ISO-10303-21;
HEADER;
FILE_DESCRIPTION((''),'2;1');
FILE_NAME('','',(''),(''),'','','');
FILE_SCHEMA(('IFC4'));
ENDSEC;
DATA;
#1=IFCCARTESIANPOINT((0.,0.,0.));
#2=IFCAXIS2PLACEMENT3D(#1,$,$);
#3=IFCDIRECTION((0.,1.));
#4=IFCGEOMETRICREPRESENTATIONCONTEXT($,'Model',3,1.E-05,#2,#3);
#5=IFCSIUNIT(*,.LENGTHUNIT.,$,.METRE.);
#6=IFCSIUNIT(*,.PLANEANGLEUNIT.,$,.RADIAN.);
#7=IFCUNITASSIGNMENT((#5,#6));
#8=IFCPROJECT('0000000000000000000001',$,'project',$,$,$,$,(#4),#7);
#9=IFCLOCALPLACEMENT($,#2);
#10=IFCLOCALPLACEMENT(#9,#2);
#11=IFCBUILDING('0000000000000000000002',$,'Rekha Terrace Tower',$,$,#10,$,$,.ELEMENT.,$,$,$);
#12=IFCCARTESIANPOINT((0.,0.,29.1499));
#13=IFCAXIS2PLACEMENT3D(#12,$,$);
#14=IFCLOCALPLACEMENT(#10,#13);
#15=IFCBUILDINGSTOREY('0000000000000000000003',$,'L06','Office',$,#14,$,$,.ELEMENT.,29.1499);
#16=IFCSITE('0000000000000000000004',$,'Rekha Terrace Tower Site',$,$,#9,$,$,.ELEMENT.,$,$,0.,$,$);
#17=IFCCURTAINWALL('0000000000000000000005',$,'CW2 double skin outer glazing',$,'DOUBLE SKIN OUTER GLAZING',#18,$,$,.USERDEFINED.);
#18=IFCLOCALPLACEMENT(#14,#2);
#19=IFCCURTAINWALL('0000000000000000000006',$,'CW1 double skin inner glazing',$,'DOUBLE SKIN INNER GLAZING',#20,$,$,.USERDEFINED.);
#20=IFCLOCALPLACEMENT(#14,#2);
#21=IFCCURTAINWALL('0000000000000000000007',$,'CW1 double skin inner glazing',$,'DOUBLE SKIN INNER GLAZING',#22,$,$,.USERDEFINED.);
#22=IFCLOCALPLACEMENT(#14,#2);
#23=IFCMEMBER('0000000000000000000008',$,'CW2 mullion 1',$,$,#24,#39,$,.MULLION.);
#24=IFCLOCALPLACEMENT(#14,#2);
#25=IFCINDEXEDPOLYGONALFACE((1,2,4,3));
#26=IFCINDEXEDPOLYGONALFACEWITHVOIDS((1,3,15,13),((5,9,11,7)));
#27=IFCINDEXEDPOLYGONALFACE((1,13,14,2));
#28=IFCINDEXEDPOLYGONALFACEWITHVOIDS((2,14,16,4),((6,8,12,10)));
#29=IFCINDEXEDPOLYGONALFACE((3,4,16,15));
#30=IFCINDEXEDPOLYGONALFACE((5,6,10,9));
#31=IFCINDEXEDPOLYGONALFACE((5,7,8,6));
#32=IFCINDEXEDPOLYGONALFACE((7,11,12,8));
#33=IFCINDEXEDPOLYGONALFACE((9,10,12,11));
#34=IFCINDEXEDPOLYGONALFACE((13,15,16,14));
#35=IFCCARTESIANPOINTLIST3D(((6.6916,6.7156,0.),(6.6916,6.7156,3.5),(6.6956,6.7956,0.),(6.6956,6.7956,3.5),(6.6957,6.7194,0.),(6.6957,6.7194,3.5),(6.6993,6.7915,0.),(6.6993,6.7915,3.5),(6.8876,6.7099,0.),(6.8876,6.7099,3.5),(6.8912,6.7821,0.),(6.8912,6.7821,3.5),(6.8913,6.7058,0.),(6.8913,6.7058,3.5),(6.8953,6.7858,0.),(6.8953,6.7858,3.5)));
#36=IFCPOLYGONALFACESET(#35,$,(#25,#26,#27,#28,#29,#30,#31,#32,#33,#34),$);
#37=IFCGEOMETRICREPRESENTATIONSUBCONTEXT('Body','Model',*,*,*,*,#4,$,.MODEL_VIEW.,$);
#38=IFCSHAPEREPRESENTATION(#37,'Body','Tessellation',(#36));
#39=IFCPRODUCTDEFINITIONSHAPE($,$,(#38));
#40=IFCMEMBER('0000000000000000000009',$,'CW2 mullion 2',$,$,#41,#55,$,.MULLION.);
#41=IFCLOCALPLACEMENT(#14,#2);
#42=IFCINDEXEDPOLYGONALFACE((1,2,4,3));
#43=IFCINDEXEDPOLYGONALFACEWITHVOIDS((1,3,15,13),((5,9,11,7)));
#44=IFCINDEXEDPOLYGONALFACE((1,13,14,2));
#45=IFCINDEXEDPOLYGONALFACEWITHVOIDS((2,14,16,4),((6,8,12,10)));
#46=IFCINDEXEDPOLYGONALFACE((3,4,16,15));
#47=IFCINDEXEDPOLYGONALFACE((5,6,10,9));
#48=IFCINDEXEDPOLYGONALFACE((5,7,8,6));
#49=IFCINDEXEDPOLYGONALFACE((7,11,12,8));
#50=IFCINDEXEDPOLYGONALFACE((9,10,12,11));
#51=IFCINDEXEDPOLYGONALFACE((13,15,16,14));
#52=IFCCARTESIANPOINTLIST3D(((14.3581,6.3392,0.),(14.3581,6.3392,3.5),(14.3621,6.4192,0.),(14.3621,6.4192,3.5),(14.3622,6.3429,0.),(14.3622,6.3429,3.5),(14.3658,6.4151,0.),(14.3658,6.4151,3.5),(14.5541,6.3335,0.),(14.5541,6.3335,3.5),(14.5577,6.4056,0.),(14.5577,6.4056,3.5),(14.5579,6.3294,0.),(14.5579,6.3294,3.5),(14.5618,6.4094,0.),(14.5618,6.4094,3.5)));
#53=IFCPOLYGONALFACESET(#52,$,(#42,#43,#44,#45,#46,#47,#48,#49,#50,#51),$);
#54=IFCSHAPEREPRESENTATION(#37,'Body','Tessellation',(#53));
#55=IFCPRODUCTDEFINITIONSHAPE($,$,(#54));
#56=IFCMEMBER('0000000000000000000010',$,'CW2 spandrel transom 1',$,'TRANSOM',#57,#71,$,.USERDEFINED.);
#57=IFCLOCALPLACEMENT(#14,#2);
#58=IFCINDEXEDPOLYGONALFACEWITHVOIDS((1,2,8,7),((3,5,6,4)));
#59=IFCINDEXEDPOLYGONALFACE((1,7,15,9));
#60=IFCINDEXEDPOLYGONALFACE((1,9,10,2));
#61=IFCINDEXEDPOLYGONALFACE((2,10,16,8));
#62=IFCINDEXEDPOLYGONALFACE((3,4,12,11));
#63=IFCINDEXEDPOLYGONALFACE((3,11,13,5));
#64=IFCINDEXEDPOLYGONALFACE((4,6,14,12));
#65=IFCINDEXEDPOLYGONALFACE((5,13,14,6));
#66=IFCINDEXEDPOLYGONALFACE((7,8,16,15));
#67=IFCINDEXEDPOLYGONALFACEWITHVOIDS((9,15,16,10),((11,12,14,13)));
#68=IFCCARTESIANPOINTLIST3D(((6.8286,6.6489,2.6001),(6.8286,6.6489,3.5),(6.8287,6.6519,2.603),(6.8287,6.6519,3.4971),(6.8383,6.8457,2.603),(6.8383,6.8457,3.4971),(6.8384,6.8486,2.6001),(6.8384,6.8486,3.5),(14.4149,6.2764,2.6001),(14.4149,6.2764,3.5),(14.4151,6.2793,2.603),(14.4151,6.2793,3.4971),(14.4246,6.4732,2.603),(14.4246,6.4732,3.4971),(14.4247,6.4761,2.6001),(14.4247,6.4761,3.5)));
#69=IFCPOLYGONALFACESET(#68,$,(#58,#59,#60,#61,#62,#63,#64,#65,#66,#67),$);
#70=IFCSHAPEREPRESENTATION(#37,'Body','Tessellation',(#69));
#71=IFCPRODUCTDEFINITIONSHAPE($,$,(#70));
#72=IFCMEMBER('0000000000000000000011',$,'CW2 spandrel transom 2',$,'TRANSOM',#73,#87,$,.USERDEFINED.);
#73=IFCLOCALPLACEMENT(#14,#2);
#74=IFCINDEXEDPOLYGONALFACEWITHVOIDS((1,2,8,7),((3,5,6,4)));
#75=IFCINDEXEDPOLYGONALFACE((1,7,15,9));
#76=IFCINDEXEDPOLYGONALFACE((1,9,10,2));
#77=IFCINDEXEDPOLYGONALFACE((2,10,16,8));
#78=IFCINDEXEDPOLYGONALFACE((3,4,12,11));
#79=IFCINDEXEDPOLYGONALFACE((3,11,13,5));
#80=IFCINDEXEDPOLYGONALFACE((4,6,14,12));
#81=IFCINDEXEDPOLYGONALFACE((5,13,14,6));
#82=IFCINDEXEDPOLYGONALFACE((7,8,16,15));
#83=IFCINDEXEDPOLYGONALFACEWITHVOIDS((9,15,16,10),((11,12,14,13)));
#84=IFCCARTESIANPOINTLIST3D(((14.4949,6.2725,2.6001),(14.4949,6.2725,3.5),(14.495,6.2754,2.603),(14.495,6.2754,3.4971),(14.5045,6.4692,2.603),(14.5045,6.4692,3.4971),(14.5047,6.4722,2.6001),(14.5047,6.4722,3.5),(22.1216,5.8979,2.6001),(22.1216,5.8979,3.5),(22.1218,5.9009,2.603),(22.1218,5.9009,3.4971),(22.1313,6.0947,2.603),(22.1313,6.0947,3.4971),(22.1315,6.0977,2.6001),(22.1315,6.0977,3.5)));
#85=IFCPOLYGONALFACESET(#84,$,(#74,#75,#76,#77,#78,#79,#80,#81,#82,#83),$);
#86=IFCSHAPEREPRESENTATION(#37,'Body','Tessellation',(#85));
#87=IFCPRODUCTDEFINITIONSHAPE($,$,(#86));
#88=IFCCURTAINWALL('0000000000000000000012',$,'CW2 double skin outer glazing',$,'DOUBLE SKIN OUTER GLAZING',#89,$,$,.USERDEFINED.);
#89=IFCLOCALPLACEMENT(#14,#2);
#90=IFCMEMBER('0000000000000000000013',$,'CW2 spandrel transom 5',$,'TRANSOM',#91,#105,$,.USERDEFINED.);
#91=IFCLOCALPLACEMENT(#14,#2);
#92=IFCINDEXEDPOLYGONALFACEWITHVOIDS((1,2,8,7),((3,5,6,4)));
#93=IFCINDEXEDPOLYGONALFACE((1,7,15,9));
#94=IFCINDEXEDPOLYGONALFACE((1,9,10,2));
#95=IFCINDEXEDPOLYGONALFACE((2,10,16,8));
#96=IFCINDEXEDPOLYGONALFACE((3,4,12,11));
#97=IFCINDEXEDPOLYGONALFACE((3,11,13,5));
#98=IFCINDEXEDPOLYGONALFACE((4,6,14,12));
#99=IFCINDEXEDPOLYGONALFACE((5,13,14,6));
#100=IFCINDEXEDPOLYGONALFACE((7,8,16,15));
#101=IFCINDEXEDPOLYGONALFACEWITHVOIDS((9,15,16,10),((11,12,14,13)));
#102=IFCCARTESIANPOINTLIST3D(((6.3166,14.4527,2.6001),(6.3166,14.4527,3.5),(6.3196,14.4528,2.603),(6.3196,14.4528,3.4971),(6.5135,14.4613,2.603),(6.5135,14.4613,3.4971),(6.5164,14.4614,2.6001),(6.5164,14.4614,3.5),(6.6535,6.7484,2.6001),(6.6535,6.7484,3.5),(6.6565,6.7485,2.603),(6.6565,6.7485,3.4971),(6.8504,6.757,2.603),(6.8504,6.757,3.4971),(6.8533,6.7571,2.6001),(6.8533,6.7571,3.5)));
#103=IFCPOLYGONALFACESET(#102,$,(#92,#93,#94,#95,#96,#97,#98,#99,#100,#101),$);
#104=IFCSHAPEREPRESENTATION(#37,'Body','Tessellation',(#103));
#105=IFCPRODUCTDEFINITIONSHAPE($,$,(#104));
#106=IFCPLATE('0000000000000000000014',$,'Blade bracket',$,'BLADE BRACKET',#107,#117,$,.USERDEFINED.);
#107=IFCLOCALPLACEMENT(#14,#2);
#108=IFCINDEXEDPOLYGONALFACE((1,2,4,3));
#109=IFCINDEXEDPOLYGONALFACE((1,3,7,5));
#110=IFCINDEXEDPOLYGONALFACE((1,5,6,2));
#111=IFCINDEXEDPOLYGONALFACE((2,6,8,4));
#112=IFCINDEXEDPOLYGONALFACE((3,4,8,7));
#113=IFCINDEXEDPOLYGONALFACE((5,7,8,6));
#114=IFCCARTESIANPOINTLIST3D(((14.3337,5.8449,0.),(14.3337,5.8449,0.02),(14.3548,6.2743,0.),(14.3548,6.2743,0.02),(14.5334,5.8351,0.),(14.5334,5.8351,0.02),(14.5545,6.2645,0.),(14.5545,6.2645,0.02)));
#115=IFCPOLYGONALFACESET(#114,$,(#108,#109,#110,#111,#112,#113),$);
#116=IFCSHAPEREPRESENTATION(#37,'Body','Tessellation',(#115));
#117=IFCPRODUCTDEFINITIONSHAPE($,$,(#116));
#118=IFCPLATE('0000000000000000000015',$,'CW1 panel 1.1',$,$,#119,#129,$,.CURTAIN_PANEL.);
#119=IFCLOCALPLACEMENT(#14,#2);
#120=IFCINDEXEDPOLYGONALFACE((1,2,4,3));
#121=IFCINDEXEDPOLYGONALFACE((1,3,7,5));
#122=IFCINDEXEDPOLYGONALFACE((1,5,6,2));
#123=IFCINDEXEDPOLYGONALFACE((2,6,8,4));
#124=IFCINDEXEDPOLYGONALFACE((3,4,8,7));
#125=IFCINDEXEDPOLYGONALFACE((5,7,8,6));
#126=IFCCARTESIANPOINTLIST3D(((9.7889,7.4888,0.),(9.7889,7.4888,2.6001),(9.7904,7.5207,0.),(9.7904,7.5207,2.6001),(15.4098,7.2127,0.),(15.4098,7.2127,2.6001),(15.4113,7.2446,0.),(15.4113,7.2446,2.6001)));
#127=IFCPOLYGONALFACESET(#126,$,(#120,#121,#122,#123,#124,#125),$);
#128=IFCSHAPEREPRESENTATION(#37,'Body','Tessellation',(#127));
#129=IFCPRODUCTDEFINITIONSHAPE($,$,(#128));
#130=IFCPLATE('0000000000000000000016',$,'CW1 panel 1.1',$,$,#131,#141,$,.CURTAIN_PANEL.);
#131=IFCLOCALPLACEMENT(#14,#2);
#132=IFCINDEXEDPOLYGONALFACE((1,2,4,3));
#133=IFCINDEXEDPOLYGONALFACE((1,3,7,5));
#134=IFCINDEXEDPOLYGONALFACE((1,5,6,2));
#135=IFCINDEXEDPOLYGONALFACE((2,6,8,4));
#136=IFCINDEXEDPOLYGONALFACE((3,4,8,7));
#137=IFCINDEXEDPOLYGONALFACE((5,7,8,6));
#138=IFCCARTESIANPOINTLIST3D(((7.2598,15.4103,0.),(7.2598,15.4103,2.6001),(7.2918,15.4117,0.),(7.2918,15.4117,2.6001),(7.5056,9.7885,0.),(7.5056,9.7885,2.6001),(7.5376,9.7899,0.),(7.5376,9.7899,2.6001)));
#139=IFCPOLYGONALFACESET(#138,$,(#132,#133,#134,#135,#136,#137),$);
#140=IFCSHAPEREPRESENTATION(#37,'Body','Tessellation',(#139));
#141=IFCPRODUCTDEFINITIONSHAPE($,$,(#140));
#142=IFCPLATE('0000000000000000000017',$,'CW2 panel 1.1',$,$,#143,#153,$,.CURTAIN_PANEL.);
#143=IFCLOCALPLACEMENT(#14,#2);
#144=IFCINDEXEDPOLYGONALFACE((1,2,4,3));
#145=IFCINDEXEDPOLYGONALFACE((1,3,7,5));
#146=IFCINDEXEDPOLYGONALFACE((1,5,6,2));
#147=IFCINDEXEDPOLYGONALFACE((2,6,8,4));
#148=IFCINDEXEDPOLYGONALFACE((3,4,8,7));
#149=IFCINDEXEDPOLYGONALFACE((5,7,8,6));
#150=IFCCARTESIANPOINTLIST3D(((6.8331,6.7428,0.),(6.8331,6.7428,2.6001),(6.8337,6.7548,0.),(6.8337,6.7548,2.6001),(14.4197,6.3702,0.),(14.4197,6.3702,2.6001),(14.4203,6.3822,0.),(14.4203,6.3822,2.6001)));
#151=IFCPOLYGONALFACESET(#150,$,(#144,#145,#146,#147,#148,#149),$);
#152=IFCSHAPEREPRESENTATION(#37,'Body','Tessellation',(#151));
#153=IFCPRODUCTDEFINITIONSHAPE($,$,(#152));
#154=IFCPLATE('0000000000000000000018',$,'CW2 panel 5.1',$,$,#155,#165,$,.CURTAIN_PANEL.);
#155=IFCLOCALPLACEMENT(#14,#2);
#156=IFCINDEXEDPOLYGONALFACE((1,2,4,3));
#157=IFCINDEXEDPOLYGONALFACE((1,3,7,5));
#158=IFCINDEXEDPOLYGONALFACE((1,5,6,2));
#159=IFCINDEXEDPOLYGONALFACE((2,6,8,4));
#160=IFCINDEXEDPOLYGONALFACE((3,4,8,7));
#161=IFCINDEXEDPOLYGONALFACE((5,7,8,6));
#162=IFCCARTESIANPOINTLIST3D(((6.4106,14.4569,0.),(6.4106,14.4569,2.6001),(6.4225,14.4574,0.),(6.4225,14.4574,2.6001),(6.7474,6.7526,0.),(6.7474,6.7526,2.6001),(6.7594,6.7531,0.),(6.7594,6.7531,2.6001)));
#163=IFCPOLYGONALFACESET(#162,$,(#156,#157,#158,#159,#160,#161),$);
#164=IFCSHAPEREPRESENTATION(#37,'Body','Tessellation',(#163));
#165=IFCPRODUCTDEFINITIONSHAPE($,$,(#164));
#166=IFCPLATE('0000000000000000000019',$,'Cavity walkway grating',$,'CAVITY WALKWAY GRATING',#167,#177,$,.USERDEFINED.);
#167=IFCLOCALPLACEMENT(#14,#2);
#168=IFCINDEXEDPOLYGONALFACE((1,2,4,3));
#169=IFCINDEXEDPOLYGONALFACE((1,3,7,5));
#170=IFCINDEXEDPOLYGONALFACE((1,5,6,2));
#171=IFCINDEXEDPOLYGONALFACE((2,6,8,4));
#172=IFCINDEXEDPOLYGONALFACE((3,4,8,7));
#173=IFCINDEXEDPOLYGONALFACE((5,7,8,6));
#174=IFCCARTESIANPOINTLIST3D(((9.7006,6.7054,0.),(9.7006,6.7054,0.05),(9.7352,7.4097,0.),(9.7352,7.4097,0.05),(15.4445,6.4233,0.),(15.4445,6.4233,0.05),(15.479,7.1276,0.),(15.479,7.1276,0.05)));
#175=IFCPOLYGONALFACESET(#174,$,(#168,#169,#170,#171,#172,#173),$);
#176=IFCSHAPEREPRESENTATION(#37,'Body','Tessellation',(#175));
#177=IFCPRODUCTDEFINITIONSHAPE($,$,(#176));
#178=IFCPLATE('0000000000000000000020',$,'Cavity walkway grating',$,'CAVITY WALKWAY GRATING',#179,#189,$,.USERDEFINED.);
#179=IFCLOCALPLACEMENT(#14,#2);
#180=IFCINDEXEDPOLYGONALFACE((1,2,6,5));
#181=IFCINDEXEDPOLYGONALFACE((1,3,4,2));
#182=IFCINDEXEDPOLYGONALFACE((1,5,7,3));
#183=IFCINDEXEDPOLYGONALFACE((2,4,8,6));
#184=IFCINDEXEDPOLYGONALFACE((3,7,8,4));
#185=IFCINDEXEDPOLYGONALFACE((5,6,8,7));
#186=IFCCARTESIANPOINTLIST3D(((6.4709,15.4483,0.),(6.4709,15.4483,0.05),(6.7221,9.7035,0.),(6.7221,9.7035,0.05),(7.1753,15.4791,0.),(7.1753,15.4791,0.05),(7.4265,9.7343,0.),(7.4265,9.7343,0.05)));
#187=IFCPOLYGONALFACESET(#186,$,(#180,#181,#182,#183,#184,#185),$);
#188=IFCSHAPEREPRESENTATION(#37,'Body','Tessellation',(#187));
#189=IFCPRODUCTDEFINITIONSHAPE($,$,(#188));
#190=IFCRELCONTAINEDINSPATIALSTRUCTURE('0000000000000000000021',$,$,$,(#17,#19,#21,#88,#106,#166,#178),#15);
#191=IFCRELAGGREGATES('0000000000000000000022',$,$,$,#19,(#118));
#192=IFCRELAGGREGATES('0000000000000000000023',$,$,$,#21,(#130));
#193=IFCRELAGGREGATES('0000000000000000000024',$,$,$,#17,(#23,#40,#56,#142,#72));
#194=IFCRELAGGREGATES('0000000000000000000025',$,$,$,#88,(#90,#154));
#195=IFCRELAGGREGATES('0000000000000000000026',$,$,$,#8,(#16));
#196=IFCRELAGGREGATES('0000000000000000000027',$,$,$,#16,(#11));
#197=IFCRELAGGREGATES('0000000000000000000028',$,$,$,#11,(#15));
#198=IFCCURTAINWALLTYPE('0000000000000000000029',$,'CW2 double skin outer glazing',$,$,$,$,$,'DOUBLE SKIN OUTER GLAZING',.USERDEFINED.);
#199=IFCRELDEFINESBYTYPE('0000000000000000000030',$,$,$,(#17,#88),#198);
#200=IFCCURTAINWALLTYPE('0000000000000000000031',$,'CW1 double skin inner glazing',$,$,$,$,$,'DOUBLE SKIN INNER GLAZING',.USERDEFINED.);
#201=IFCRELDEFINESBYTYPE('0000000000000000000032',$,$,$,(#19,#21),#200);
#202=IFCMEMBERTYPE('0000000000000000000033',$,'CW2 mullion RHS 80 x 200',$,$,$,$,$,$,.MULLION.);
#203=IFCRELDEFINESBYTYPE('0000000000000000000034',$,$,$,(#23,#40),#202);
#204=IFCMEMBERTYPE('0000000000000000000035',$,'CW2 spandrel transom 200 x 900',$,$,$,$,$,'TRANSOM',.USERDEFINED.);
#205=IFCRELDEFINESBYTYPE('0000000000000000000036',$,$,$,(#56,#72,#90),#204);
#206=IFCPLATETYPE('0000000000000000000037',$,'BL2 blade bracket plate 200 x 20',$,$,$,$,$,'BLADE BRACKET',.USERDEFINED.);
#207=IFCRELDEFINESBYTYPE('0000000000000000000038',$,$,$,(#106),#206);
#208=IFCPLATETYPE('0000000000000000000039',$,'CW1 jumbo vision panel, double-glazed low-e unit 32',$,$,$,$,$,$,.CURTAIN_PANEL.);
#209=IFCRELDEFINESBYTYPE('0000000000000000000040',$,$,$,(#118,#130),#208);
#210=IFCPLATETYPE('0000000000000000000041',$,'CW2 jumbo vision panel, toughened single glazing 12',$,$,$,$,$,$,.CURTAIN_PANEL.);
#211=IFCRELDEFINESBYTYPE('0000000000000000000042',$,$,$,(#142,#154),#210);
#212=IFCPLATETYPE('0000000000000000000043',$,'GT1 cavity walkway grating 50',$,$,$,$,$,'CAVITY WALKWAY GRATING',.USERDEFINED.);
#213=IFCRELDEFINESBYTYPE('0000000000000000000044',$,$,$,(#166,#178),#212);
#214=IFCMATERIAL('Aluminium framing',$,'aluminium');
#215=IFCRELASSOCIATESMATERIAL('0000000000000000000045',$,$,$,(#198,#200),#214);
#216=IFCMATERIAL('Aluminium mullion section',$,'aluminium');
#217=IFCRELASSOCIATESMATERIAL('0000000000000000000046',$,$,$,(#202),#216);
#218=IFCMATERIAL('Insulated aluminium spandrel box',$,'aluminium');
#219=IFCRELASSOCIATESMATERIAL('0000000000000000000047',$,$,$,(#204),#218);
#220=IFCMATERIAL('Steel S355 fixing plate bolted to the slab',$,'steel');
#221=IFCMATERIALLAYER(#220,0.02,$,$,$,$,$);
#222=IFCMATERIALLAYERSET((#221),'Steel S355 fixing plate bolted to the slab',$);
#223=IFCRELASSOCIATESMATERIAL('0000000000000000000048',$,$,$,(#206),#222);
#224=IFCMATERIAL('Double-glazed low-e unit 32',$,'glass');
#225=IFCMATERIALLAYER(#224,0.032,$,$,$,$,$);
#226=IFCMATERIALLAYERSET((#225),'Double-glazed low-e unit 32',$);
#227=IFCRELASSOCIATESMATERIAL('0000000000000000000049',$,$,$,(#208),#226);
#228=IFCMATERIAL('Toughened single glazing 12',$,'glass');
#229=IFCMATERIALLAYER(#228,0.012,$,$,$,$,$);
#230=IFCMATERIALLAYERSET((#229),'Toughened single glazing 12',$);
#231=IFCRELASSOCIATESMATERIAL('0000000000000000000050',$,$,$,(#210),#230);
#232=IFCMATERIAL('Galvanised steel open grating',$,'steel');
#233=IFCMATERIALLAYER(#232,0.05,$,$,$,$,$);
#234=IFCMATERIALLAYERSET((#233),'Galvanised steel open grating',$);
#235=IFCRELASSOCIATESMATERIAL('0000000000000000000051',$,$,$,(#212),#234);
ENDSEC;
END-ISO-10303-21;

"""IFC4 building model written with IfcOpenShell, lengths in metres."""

from ifc_helpers import new_model, si_unit, direction, frame, origin, origin_2d, place, context, subcontext, project, spatial, rectangle, hollow_rectangle, extrude, material, layer, layer_set, material_profile, profile_set, type_object, element, aggregate, save


model = new_model("IFC4")

# Units and contexts
model_context = context("Model", 3, precision=1e-05, world=origin(), true_north=direction((0.0, 1.0)))
body_context = subcontext(model_context, "Body", "Model", "MODEL_VIEW")
ifc_project = project(units=[si_unit("LENGTHUNIT", "METRE"), si_unit("PLANEANGLEUNIT", "RADIAN")], contexts=[model_context])

# Site, building, storey
site_placement = place(None, origin())
site = spatial("IfcSite", under=ifc_project, at=site_placement, Name="Rekha Terrace Tower Site", CompositionType="ELEMENT", RefElevation=0.0)
building_placement = place(site_placement, origin())
building = spatial("IfcBuilding", under=site, at=building_placement, Name="Rekha Terrace Tower", CompositionType="ELEMENT")
storey_placement = place(building_placement, frame((0.0, 0.0, 29.1499)))
storey = spatial("IfcBuildingStorey", under=building, at=storey_placement, Name="L06", Description="Office", CompositionType="ELEMENT", Elevation=29.1499)

# Curtain wall
ifc_material_1 = material(Name="Aluminium framing", Category="aluminium")
curtain_wall_type_1 = type_object("IfcCurtainWallType", Name="CW2 double skin outer glazing", ElementType="DOUBLE SKIN OUTER GLAZING", PredefinedType="USERDEFINED", material=ifc_material_1)
curtain_wall_1_placement = place(storey_placement, origin())
curtain_wall_1 = element("IfcCurtainWall", 1, at=curtain_wall_1_placement, inside=storey, type_object=curtain_wall_type_1, Name="CW2 double skin outer glazing", ObjectType="DOUBLE SKIN OUTER GLAZING", PredefinedType="USERDEFINED")

# Curtain wall
curtain_wall_type_2 = type_object("IfcCurtainWallType", Name="CW1 double skin inner glazing", ElementType="DOUBLE SKIN INNER GLAZING", PredefinedType="USERDEFINED", material=ifc_material_1)
curtain_wall_2_placement = place(storey_placement, origin())
curtain_wall_2 = element("IfcCurtainWall", 2, at=curtain_wall_2_placement, inside=storey, type_object=curtain_wall_type_2, Name="CW1 double skin inner glazing", ObjectType="DOUBLE SKIN INNER GLAZING", PredefinedType="USERDEFINED")
ifc_material_2 = material(Name="Aluminium mullion section", Category="aluminium")

# Curtain wall
curtain_wall_3_placement = place(storey_placement, origin())
curtain_wall_3 = element("IfcCurtainWall", 3, at=curtain_wall_3_placement, inside=storey, type_object=curtain_wall_type_2, Name="CW1 double skin inner glazing", ObjectType="DOUBLE SKIN INNER GLAZING", PredefinedType="USERDEFINED")

# Members
ifc_material_3 = material(Name="Insulated aluminium spandrel box", Category="aluminium")
ifc_material_profile_1 = material_profile(ifc_material_2, hollow_rectangle(XDim=0.0801, YDim=0.2, WallThickness=0.0039, at=origin_2d()), Name="AL RHS 80x200")
ifc_profile_set_1 = profile_set([ifc_material_profile_1], Name="Aluminium mullion section")
member_type_1 = type_object("IfcMemberType", Name="CW2 mullion RHS 80 x 200", PredefinedType="MULLION", material=ifc_profile_set_1)
member_1_placement = place(storey_placement, frame((6.7935, 6.7507, 0.0), z_axis=(0.0, 0.0, 1.0), x_axis=(0.049052, 0.998796, 0.0)))
member_1 = element("IfcMember", 4, at=member_1_placement, type_object=member_type_1, Name="CW2 mullion 1", PredefinedType="MULLION", context=body_context, shape_type="SweptSolid", body=[
    extrude(hollow_rectangle(XDim=0.0801, YDim=0.2, WallThickness=0.0039, at=origin_2d()), origin(), (0.0, 0.0, 1.0), 3.5),
])
member_2_placement = place(storey_placement, frame((14.46, 6.3743, 0.0), z_axis=(0.0, 0.0, 1.0), x_axis=(0.049052, 0.998796, 0.0)))
member_2 = element("IfcMember", 5, at=member_2_placement, type_object=member_type_1, Name="CW2 mullion 2", PredefinedType="MULLION", context=body_context, shape_type="SweptSolid", body=[
    extrude(hollow_rectangle(XDim=0.0801, YDim=0.2, WallThickness=0.0039, at=origin_2d()), origin(), (0.0, 0.0, 1.0), 3.5),
])
ifc_material_profile_2 = material_profile(ifc_material_3, hollow_rectangle(XDim=0.2, YDim=0.8999, WallThickness=0.0029, at=origin_2d()), Name="AL SPANDREL BOX 200x900")
ifc_profile_set_2 = profile_set([ifc_material_profile_2], Name="Insulated aluminium spandrel box")
member_type_2 = type_object("IfcMemberType", Name="CW2 spandrel transom 200 x 900", ElementType="TRANSOM", PredefinedType="USERDEFINED", material=ifc_profile_set_2)
member_3_placement = place(storey_placement, frame((6.8335, 6.7488, 3.05), z_axis=(0.998796, -0.049049, 0.0), x_axis=(0.049049, 0.998796, 0.0)))
member_3 = element("IfcMember", 6, at=member_3_placement, type_object=member_type_2, Name="CW2 spandrel transom 1", ObjectType="TRANSOM", PredefinedType="USERDEFINED", context=body_context, shape_type="SweptSolid", body=[
    extrude(hollow_rectangle(XDim=0.2, YDim=0.8999, WallThickness=0.0029, at=origin_2d()), origin(), (0.0, 0.0, 1.0), 7.5955),
])
member_4_placement = place(storey_placement, frame((14.4998, 6.3723, 3.05), z_axis=(0.998797, -0.049046, 0.0), x_axis=(0.049046, 0.998797, 0.0)))
member_4 = element("IfcMember", 7, at=member_4_placement, type_object=member_type_2, Name="CW2 spandrel transom 2", ObjectType="TRANSOM", PredefinedType="USERDEFINED", context=body_context, shape_type="SweptSolid", body=[
    extrude(hollow_rectangle(XDim=0.2, YDim=0.8999, WallThickness=0.0029, at=origin_2d()), origin(), (0.0, 0.0, 1.0), 7.636),
])

# Curtain wall, member
curtain_wall_4_placement = place(storey_placement, origin())
curtain_wall_4 = element("IfcCurtainWall", 8, at=curtain_wall_4_placement, inside=storey, type_object=curtain_wall_type_1, Name="CW2 double skin outer glazing", ObjectType="DOUBLE SKIN OUTER GLAZING", PredefinedType="USERDEFINED")
member_5_placement = place(storey_placement, frame((6.4165, 14.457, 3.05), z_axis=(0.043689, -0.999045, 0.0), x_axis=(0.999045, 0.043689, 0.0)))
member_5 = element("IfcMember", 9, at=member_5_placement, type_object=member_type_2, Name="CW2 spandrel transom 5", ObjectType="TRANSOM", PredefinedType="USERDEFINED", context=body_context, shape_type="SweptSolid", body=[
    extrude(hollow_rectangle(XDim=0.2, YDim=0.8999, WallThickness=0.0029, at=origin_2d()), origin(), (0.0, 0.0, 1.0), 7.7117),
])

# Plates
ifc_material_4 = material(Name="Steel S355 fixing plate bolted to the slab", Category="steel")
ifc_layer_1 = layer(ifc_material_4, 0.02)
ifc_layer_set_1 = layer_set([ifc_layer_1], Name="Steel S355 fixing plate bolted to the slab")
plate_type_1 = type_object("IfcPlateType", Name="BL2 blade bracket plate 200 x 20", ElementType="BLADE BRACKET", PredefinedType="USERDEFINED", material=ifc_layer_set_1)
plate_1_placement = place(storey_placement, frame((14.4441, 6.0547, 0.0), z_axis=(0.0, 0.0, 1.0), x_axis=(-0.049052, -0.998796, 0.0)))
element("IfcPlate", 10, at=plate_1_placement, inside=storey, type_object=plate_type_1, Name="Blade bracket", ObjectType="BLADE BRACKET", PredefinedType="USERDEFINED", context=body_context, shape_type="SweptSolid", body=[
    extrude(rectangle(XDim=0.4299, YDim=0.2, at=origin_2d()), origin(), (0.0, 0.0, 1.0), 0.02),
])
ifc_material_5 = material(Name="Double-glazed low-e unit 32", Category="glass")
ifc_layer_2 = layer(ifc_material_5, 0.032)
ifc_layer_set_2 = layer_set([ifc_layer_2], Name="Double-glazed low-e unit 32")
plate_type_2 = type_object("IfcPlateType", Name="CW1 jumbo vision panel, double-glazed low-e unit 32", PredefinedType="CURTAIN_PANEL", material=ifc_layer_set_2)
plate_2_placement = place(storey_placement, frame((12.6001, 7.3667, 0.0), z_axis=(0.0, 0.0, 1.0), x_axis=(0.998796, -0.049052, 0.0)))
plate_2 = element("IfcPlate", 11, at=plate_2_placement, type_object=plate_type_2, Name="CW1 panel 1.1", PredefinedType="CURTAIN_PANEL", context=body_context, shape_type="SweptSolid", body=[
    extrude(rectangle(XDim=5.6277, YDim=0.032, at=origin_2d()), origin(), (0.0, 0.0, 1.0), 2.6001),
])
aggregate(curtain_wall_2, [plate_2])
plate_3_placement = place(storey_placement, frame((7.3987, 12.6001, 0.0), z_axis=(0.0, 0.0, 1.0), x_axis=(0.043683, -0.999045, 0.0)))
plate_3 = element("IfcPlate", 12, at=plate_3_placement, type_object=plate_type_2, Name="CW1 panel 1.1", PredefinedType="CURTAIN_PANEL", context=body_context, shape_type="SweptSolid", body=[
    extrude(rectangle(XDim=5.6272, YDim=0.032, at=origin_2d()), origin(), (0.0, 0.0, 1.0), 2.6001),
])
aggregate(curtain_wall_3, [plate_3])
ifc_material_6 = material(Name="Toughened single glazing 12", Category="glass")
ifc_layer_3 = layer(ifc_material_6, 0.012)
ifc_layer_set_3 = layer_set([ifc_layer_3], Name="Toughened single glazing 12")
plate_type_3 = type_object("IfcPlateType", Name="CW2 jumbo vision panel, toughened single glazing 12", PredefinedType="CURTAIN_PANEL", material=ifc_layer_set_3)
plate_4_placement = place(storey_placement, frame((10.6267, 6.5625, 0.0), z_axis=(0.0, 0.0, 1.0), x_axis=(0.998796, -0.049052, 0.0)))
plate_4 = element("IfcPlate", 13, at=plate_4_placement, type_object=plate_type_3, Name="CW2 panel 1.1", PredefinedType="CURTAIN_PANEL", context=body_context, shape_type="SweptSolid", body=[
    extrude(rectangle(XDim=7.5957, YDim=0.012, at=origin_2d()), origin(), (0.0, 0.0, 1.0), 2.6001),
])
aggregate(curtain_wall_1, [member_1, member_2, member_3, plate_4, member_4])
plate_5_placement = place(storey_placement, frame((6.585, 10.605, 0.0), z_axis=(0.0, 0.0, 1.0), x_axis=(0.043683, -0.999045, 0.0)))
plate_5 = element("IfcPlate", 14, at=plate_5_placement, type_object=plate_type_3, Name="CW2 panel 5.1", PredefinedType="CURTAIN_PANEL", context=body_context, shape_type="SweptSolid", body=[
    extrude(rectangle(XDim=7.7117, YDim=0.012, at=origin_2d()), origin(), (0.0, 0.0, 1.0), 2.6001),
])
aggregate(curtain_wall_4, [member_5, plate_5])

# Plates
ifc_material_7 = material(Name="Galvanised steel open grating", Category="steel")
ifc_layer_4 = layer(ifc_material_7, 0.05)
ifc_layer_set_4 = layer_set([ifc_layer_4], Name="Galvanised steel open grating")
plate_type_4 = type_object("IfcPlateType", Name="GT1 cavity walkway grating 50", ElementType="CAVITY WALKWAY GRATING", PredefinedType="USERDEFINED", material=ifc_layer_set_4)
plate_6_placement = place(storey_placement, frame((12.5898, 6.9165, 0.0), z_axis=(0.0, 0.0, 1.0), x_axis=(0.998796, -0.049052, 0.0)))
element("IfcPlate", 15, at=plate_6_placement, inside=storey, type_object=plate_type_4, Name="Cavity walkway grating", ObjectType="CAVITY WALKWAY GRATING", PredefinedType="USERDEFINED", context=body_context, shape_type="SweptSolid", body=[
    extrude(rectangle(XDim=5.7507, YDim=0.7051, at=origin_2d()), origin(), (0.0, 0.0, 1.0), 0.05),
])
plate_7_placement = place(storey_placement, frame((6.9487, 12.5913, 0.0), z_axis=(0.0, 0.0, 1.0), x_axis=(0.043683, -0.999045, 0.0)))
element("IfcPlate", 16, at=plate_7_placement, inside=storey, type_object=plate_type_4, Name="Cavity walkway grating", ObjectType="CAVITY WALKWAY GRATING", PredefinedType="USERDEFINED", context=body_context, shape_type="SweptSolid", body=[
    extrude(rectangle(XDim=5.7502, YDim=0.7051, at=origin_2d()), origin(), (0.0, 0.0, 1.0), 0.05),
])

save(model, "model.ifc")
